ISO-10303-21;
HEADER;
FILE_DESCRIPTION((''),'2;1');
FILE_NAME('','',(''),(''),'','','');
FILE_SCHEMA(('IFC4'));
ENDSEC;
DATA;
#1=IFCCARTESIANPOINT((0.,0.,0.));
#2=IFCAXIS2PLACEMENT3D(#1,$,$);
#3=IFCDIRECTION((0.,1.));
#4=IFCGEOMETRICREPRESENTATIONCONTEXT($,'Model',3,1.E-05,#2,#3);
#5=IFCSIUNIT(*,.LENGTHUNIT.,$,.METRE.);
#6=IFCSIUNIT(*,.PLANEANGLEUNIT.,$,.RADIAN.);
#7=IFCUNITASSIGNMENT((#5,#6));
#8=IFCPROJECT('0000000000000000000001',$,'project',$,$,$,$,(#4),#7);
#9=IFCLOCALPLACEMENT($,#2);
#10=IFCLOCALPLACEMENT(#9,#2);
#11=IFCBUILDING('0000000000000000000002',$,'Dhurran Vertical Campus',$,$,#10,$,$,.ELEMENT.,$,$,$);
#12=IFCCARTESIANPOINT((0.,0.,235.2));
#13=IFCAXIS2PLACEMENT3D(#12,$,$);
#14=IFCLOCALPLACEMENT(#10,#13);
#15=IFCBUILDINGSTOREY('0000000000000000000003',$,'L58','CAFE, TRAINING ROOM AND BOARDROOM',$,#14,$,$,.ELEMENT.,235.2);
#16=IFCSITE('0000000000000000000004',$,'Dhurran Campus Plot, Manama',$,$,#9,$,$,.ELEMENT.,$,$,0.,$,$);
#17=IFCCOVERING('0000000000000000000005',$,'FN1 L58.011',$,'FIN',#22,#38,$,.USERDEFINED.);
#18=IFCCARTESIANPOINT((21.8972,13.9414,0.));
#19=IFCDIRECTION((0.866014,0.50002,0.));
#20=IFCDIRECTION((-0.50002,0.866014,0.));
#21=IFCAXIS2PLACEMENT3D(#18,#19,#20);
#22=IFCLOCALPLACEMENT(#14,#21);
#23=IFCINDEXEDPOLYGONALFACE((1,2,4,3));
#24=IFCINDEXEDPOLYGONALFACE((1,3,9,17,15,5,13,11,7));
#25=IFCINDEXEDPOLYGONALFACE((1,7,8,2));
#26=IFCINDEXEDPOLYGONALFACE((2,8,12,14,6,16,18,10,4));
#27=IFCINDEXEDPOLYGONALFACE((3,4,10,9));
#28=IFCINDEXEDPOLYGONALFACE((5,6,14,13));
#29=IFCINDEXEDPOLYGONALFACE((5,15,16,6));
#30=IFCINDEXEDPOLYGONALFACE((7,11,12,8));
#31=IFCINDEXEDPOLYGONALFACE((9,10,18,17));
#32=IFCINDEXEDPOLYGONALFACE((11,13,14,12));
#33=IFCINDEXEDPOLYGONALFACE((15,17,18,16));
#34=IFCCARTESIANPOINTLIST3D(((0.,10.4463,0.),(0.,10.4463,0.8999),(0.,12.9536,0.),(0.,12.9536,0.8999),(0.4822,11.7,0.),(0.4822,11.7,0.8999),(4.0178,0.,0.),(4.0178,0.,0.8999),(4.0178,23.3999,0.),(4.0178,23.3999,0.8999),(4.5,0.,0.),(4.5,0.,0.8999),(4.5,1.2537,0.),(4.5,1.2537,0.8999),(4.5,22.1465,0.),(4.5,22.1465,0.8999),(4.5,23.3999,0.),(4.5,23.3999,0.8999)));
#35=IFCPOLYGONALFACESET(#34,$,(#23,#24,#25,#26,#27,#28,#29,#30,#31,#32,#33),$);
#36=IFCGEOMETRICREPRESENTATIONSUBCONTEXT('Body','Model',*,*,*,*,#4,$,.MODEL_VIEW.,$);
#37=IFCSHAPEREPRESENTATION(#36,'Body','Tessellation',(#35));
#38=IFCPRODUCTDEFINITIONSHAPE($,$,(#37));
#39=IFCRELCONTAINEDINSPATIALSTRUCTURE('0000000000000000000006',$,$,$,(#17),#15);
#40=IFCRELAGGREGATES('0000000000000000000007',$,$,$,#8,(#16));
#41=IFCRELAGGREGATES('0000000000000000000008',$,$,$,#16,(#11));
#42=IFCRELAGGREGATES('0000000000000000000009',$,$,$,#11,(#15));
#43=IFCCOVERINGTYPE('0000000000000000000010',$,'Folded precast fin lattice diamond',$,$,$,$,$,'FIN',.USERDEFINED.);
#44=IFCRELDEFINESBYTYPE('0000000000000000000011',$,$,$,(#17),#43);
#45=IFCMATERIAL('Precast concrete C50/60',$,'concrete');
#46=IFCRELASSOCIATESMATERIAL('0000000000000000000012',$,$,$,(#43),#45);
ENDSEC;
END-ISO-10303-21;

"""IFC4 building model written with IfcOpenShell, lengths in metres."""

from ifc_helpers import new_model, si_unit, direction, frame, origin, place, context, subcontext, project, spatial, polyline, outline, extrude, material, type_object, element, save


model = new_model("IFC4")

# Units and contexts
model_context = context("Model", 3, precision=1e-05, world=origin(), true_north=direction((0.0, 1.0)))
body_context = subcontext(model_context, "Body", "Model", "MODEL_VIEW")
ifc_project = project(units=[si_unit("LENGTHUNIT", "METRE"), si_unit("PLANEANGLEUNIT", "RADIAN")], contexts=[model_context])

# Site, building, storey
site_placement = place(None, origin())
site = spatial("IfcSite", under=ifc_project, at=site_placement, Name="Dhurran Campus Plot, Manama", CompositionType="ELEMENT", RefElevation=0.0)
building_placement = place(site_placement, origin())
building = spatial("IfcBuilding", under=site, at=building_placement, Name="Dhurran Vertical Campus", CompositionType="ELEMENT")
storey_placement = place(building_placement, frame((0.0, 0.0, 235.2)))
storey = spatial("IfcBuildingStorey", under=building, at=storey_placement, Name="L58", Description="CAFE, TRAINING ROOM AND BOARDROOM", CompositionType="ELEMENT", Elevation=235.2)

# Covering
ifc_material_1 = material(Name="Precast concrete C50/60", Category="concrete")
covering_type = type_object("IfcCoveringType", Name="Folded precast fin lattice diamond", ElementType="FIN", PredefinedType="USERDEFINED", material=ifc_material_1)
covering_1_placement = place(storey_placement, frame((21.8972, 13.9414, 0.0), z_axis=(0.866014, 0.50002, 0.0), x_axis=(-0.50002, 0.866014, 0.0)))
element("IfcCovering", 1, at=covering_1_placement, inside=storey, type_object=covering_type, Name="FN1 L58.011", ObjectType="FIN", PredefinedType="USERDEFINED", context=body_context, shape_type="SweptSolid", body=[
    extrude(outline(polyline([(4.0178, 0.0), (0.0, 10.4463), (0.0, 12.9536), (4.0178, 23.3999), (4.5, 23.3999), (4.5, 22.1465), (0.4822, 11.7), (4.5, 1.2537), (4.5, 0.0), (4.0178, 0.0)])), origin(), (0.0, 0.0, 1.0), 0.8999),
])

save(model, "model.ifc")
